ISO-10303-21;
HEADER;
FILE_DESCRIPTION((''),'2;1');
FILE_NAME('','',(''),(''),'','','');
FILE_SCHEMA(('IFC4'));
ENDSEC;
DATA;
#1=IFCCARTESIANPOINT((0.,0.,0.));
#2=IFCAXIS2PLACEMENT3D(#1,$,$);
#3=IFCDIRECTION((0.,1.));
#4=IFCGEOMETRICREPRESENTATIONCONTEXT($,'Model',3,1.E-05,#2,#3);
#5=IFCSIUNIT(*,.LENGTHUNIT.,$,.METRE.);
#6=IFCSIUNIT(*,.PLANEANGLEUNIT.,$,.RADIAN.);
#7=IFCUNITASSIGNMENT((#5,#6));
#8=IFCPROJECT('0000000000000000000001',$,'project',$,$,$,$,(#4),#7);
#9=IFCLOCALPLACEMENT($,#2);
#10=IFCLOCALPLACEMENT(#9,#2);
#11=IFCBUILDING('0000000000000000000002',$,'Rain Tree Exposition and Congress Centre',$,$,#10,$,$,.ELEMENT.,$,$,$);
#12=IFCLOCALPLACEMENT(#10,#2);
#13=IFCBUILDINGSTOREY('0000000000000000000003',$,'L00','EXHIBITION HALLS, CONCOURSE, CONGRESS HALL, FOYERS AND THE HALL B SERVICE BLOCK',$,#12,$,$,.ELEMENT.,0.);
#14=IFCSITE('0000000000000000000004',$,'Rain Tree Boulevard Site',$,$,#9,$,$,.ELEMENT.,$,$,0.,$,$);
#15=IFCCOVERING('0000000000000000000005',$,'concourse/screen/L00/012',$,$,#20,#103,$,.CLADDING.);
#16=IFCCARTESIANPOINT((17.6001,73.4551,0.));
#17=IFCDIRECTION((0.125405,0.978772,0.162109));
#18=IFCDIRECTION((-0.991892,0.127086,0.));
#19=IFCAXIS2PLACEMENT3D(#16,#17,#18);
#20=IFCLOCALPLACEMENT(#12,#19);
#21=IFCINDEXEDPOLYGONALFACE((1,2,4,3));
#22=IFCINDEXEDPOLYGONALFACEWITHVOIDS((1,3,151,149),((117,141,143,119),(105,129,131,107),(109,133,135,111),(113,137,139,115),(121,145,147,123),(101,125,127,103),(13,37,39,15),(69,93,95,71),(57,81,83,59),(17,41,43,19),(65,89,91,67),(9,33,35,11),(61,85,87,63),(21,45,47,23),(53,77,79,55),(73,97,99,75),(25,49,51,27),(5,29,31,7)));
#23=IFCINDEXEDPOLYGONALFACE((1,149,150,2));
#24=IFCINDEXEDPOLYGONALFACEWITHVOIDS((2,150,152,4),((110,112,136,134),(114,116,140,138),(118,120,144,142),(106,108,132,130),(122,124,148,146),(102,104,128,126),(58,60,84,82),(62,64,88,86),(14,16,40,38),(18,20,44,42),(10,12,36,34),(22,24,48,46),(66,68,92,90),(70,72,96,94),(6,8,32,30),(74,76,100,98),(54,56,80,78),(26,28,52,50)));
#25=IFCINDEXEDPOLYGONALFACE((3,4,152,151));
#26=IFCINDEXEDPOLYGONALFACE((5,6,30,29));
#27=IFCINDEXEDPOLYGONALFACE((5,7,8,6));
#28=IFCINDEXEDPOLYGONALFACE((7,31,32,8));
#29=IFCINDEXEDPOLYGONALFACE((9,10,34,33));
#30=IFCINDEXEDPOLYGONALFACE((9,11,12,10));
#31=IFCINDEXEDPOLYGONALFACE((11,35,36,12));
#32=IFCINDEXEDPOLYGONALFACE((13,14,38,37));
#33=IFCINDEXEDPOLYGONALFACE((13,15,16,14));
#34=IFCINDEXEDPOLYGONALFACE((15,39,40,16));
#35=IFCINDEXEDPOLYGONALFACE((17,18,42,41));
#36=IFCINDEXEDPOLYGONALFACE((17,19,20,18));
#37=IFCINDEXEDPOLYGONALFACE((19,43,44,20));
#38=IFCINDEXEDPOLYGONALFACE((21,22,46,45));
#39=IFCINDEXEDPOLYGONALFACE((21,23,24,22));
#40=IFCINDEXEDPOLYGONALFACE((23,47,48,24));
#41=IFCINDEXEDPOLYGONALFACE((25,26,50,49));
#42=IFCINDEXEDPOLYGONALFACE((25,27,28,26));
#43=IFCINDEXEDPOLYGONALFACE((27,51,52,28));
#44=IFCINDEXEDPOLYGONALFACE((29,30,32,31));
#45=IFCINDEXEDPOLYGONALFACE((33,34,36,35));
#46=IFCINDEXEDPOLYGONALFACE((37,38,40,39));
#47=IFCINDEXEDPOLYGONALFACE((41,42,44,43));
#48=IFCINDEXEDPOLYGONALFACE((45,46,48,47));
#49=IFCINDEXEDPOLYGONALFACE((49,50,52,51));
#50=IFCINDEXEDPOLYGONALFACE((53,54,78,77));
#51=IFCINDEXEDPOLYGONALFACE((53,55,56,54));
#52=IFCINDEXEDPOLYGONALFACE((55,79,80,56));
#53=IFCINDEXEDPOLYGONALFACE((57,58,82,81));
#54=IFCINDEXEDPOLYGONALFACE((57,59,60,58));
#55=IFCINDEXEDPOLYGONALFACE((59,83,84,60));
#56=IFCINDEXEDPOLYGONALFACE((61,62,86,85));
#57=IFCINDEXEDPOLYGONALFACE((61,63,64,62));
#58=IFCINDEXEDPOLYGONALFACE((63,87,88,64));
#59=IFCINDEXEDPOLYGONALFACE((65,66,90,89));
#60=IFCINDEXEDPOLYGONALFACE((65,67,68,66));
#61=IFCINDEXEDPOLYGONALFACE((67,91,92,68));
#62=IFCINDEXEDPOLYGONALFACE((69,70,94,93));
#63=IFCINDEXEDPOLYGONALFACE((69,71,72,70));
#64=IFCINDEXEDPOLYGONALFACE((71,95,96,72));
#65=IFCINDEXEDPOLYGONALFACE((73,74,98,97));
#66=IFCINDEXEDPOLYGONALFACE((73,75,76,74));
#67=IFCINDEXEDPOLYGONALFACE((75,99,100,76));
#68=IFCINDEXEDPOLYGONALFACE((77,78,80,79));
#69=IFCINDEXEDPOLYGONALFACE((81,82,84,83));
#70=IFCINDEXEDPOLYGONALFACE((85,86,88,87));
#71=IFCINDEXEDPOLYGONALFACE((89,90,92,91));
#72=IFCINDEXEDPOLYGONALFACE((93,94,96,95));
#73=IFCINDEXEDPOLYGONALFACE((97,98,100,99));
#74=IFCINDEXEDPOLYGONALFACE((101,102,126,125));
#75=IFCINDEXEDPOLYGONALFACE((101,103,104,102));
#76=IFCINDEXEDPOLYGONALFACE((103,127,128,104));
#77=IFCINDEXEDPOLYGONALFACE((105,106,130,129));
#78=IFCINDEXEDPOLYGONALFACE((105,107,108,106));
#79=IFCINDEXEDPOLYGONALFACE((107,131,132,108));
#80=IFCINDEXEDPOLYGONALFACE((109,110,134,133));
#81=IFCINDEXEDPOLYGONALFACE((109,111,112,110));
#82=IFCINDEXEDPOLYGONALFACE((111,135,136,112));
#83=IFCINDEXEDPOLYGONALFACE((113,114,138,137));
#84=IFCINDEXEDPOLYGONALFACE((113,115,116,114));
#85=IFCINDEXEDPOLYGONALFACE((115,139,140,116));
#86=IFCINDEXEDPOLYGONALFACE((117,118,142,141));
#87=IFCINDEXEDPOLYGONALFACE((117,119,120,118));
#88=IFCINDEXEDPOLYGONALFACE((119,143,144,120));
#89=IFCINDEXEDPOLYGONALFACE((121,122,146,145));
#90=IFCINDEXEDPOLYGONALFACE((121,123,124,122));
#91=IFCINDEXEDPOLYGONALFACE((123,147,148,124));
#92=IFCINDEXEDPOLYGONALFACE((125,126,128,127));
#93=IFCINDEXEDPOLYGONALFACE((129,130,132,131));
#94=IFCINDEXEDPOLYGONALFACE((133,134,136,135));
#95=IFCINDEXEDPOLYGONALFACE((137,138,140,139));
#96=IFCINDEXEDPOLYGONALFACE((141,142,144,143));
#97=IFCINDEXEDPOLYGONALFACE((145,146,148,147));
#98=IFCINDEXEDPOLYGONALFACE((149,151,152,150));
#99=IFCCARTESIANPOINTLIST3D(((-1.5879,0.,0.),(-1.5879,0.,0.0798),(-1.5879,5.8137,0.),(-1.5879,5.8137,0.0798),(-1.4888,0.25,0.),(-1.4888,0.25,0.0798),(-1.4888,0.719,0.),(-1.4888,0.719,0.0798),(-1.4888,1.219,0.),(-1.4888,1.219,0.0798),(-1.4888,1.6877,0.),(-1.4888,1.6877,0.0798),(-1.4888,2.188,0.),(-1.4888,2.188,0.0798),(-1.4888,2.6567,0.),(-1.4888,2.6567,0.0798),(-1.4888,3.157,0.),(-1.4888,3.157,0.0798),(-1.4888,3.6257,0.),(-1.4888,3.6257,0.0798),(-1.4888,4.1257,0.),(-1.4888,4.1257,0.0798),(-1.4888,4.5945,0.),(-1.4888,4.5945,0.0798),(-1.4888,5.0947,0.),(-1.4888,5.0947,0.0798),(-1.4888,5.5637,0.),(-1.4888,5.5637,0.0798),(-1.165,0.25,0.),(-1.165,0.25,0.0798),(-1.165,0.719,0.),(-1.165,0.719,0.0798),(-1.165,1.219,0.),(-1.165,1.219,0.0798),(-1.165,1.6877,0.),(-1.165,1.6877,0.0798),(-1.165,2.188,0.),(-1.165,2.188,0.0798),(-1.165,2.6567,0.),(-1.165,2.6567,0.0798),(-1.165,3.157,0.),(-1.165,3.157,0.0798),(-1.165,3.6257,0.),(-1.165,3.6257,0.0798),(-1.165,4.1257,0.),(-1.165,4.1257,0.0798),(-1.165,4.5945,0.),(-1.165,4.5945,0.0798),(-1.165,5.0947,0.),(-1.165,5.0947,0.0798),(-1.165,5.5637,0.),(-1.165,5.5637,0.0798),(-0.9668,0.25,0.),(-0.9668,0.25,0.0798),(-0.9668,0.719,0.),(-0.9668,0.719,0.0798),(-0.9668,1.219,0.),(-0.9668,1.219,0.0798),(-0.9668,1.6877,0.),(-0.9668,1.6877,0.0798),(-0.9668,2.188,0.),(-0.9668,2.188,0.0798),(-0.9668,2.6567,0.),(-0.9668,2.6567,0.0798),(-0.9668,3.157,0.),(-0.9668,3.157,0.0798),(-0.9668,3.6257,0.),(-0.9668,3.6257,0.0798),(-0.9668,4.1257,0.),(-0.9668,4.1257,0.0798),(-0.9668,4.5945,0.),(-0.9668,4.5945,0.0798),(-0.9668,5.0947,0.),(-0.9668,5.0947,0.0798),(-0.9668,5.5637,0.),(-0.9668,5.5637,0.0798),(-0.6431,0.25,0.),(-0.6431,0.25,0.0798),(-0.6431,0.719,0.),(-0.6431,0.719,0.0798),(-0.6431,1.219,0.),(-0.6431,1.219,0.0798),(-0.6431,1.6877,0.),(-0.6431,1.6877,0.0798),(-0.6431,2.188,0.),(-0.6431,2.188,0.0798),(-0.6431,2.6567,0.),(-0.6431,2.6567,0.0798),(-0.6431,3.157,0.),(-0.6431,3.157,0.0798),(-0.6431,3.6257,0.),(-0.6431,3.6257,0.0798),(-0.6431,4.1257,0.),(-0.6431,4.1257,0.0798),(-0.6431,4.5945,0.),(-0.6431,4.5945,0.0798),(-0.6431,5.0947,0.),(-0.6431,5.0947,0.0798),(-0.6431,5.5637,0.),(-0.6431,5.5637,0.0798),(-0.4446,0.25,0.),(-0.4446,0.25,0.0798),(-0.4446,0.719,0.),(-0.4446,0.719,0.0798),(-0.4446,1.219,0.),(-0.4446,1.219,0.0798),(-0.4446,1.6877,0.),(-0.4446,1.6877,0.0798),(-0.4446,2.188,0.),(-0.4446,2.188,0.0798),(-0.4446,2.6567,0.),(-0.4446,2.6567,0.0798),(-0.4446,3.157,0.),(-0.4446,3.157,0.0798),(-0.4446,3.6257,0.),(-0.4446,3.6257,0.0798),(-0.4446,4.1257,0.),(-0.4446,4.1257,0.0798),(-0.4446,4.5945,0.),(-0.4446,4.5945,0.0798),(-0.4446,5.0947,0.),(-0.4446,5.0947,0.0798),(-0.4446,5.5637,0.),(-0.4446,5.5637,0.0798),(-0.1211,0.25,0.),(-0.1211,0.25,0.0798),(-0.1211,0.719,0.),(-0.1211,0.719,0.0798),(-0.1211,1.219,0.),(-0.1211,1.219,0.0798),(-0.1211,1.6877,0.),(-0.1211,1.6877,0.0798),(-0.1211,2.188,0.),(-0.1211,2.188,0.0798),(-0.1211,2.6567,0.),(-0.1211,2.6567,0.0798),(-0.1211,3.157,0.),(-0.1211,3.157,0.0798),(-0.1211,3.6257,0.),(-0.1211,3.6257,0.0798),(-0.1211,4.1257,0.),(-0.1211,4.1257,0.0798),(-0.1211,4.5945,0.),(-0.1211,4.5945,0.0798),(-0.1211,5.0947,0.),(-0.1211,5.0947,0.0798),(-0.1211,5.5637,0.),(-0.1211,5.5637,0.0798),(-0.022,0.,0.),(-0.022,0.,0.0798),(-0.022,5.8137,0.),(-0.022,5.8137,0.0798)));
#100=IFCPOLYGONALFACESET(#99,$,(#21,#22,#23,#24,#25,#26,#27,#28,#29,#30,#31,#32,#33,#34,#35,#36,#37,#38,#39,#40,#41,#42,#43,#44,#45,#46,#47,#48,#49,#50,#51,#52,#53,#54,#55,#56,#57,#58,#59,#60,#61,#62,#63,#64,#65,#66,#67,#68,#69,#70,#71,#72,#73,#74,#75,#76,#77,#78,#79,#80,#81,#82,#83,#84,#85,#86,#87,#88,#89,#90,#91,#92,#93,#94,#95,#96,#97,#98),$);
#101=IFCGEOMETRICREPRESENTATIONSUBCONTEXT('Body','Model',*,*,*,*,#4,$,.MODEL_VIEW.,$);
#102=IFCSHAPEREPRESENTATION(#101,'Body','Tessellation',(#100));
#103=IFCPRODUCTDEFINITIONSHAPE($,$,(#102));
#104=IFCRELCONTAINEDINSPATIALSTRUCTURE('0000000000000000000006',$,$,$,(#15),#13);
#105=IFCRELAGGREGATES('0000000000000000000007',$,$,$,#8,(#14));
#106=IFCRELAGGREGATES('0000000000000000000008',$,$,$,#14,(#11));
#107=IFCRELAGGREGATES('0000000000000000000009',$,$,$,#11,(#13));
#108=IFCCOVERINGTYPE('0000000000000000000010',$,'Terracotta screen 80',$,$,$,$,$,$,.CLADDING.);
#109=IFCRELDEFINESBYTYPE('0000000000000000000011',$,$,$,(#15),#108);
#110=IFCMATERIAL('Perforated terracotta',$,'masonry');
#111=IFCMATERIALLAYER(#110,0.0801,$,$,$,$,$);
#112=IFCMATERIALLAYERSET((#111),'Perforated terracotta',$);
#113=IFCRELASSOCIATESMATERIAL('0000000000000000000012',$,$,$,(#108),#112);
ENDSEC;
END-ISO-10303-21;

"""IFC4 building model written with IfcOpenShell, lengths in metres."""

from ifc_helpers import new_model, si_unit, direction, frame, origin, place, context, subcontext, project, spatial, polyline, outline, extrude, material, layer, layer_set, type_object, element, save


model = new_model("IFC4")

# Units and contexts
model_context = context("Model", 3, precision=1e-05, world=origin(), true_north=direction((0.0, 1.0)))
body_context = subcontext(model_context, "Body", "Model", "MODEL_VIEW")
ifc_project = project(units=[si_unit("LENGTHUNIT", "METRE"), si_unit("PLANEANGLEUNIT", "RADIAN")], contexts=[model_context])

# Site, building, storey
site_placement = place(None, origin())
site = spatial("IfcSite", under=ifc_project, at=site_placement, Name="Rain Tree Boulevard Site", CompositionType="ELEMENT", RefElevation=0.0)
building_placement = place(site_placement, origin())
building = spatial("IfcBuilding", under=site, at=building_placement, Name="Rain Tree Exposition and Congress Centre", CompositionType="ELEMENT")
storey_placement = place(building_placement, origin())
storey = spatial("IfcBuildingStorey", under=building, at=storey_placement, Name="L00", Description="EXHIBITION HALLS, CONCOURSE, CONGRESS HALL, FOYERS AND THE HALL B SERVICE BLOCK", CompositionType="ELEMENT", Elevation=0.0)

# Covering
ifc_material_1 = material(Name="Perforated terracotta", Category="masonry")
ifc_layer_1 = layer(ifc_material_1, 0.0801)
ifc_layer_set_1 = layer_set([ifc_layer_1], Name="Perforated terracotta")
covering_type = type_object("IfcCoveringType", Name="Terracotta screen 80", PredefinedType="CLADDING", material=ifc_layer_set_1)
covering_1_placement = place(storey_placement, frame((17.6001, 73.4551, 0.0), z_axis=(0.125405, 0.978772, 0.162109), x_axis=(-0.991892, 0.127086, 0.0)))
element("IfcCovering", 1, at=covering_1_placement, inside=storey, type_object=covering_type, Name="concourse/screen/L00/012", PredefinedType="CLADDING", context=body_context, shape_type="SweptSolid", body=[
    extrude(outline(polyline([(-0.022, 0.0), (-1.5879, 0.0), (-1.5879, 5.8137), (-0.022, 5.8137), (-0.022, 0.0)]), holes=[polyline([(-0.1211, 0.25), (-0.1211, 0.719), (-0.4446, 0.719), (-0.4446, 0.25), (-0.1211, 0.25)]), polyline([(-0.1211, 1.219), (-0.1211, 1.6877), (-0.4446, 1.6877), (-0.4446, 1.219), (-0.1211, 1.219)]), polyline([(-0.1211, 2.188), (-0.1211, 2.6567), (-0.4446, 2.6567), (-0.4446, 2.188), (-0.1211, 2.188)]), polyline([(-0.1211, 3.157), (-0.1211, 3.6257), (-0.4446, 3.6257), (-0.4446, 3.157), (-0.1211, 3.157)]), polyline([(-0.1211, 4.1257), (-0.1211, 4.5945), (-0.4446, 4.5945), (-0.4446, 4.1257), (-0.1211, 4.1257)]), polyline([(-0.1211, 5.0947), (-0.1211, 5.5637), (-0.4446, 5.5637), (-0.4446, 5.0947), (-0.1211, 5.0947)]), polyline([(-0.6431, 0.25), (-0.6431, 0.719), (-0.9668, 0.719), (-0.9668, 0.25), (-0.6431, 0.25)]), polyline([(-0.6431, 1.219), (-0.6431, 1.6877), (-0.9668, 1.6877), (-0.9668, 1.219), (-0.6431, 1.219)]), polyline([(-0.6431, 2.188), (-0.6431, 2.6567), (-0.9668, 2.6567), (-0.9668, 2.188), (-0.6431, 2.188)]), polyline([(-0.6431, 3.157), (-0.6431, 3.6257), (-0.9668, 3.6257), (-0.9668, 3.157), (-0.6431, 3.157)]), polyline([(-0.6431, 4.1257), (-0.6431, 4.5945), (-0.9668, 4.5945), (-0.9668, 4.1257), (-0.6431, 4.1257)]), polyline([(-0.6431, 5.0947), (-0.6431, 5.5637), (-0.9668, 5.5637), (-0.9668, 5.0947), (-0.6431, 5.0947)]), polyline([(-1.165, 0.25), (-1.165, 0.719), (-1.4888, 0.719), (-1.4888, 0.25), (-1.165, 0.25)]), polyline([(-1.165, 1.219), (-1.165, 1.6877), (-1.4888, 1.6877), (-1.4888, 1.219), (-1.165, 1.219)]), polyline([(-1.165, 2.188), (-1.165, 2.6567), (-1.4888, 2.6567), (-1.4888, 2.188), (-1.165, 2.188)]), polyline([(-1.165, 3.157), (-1.165, 3.6257), (-1.4888, 3.6257), (-1.4888, 3.157), (-1.165, 3.157)]), polyline([(-1.165, 4.1257), (-1.165, 4.5945), (-1.4888, 4.5945), (-1.4888, 4.1257), (-1.165, 4.1257)]), polyline([(-1.165, 5.0947), (-1.165, 5.5637), (-1.4888, 5.5637), (-1.4888, 5.0947), (-1.165, 5.0947)])]), origin(), (0.0, 0.0, 1.0), 0.0798),
])

save(model, "model.ifc")
